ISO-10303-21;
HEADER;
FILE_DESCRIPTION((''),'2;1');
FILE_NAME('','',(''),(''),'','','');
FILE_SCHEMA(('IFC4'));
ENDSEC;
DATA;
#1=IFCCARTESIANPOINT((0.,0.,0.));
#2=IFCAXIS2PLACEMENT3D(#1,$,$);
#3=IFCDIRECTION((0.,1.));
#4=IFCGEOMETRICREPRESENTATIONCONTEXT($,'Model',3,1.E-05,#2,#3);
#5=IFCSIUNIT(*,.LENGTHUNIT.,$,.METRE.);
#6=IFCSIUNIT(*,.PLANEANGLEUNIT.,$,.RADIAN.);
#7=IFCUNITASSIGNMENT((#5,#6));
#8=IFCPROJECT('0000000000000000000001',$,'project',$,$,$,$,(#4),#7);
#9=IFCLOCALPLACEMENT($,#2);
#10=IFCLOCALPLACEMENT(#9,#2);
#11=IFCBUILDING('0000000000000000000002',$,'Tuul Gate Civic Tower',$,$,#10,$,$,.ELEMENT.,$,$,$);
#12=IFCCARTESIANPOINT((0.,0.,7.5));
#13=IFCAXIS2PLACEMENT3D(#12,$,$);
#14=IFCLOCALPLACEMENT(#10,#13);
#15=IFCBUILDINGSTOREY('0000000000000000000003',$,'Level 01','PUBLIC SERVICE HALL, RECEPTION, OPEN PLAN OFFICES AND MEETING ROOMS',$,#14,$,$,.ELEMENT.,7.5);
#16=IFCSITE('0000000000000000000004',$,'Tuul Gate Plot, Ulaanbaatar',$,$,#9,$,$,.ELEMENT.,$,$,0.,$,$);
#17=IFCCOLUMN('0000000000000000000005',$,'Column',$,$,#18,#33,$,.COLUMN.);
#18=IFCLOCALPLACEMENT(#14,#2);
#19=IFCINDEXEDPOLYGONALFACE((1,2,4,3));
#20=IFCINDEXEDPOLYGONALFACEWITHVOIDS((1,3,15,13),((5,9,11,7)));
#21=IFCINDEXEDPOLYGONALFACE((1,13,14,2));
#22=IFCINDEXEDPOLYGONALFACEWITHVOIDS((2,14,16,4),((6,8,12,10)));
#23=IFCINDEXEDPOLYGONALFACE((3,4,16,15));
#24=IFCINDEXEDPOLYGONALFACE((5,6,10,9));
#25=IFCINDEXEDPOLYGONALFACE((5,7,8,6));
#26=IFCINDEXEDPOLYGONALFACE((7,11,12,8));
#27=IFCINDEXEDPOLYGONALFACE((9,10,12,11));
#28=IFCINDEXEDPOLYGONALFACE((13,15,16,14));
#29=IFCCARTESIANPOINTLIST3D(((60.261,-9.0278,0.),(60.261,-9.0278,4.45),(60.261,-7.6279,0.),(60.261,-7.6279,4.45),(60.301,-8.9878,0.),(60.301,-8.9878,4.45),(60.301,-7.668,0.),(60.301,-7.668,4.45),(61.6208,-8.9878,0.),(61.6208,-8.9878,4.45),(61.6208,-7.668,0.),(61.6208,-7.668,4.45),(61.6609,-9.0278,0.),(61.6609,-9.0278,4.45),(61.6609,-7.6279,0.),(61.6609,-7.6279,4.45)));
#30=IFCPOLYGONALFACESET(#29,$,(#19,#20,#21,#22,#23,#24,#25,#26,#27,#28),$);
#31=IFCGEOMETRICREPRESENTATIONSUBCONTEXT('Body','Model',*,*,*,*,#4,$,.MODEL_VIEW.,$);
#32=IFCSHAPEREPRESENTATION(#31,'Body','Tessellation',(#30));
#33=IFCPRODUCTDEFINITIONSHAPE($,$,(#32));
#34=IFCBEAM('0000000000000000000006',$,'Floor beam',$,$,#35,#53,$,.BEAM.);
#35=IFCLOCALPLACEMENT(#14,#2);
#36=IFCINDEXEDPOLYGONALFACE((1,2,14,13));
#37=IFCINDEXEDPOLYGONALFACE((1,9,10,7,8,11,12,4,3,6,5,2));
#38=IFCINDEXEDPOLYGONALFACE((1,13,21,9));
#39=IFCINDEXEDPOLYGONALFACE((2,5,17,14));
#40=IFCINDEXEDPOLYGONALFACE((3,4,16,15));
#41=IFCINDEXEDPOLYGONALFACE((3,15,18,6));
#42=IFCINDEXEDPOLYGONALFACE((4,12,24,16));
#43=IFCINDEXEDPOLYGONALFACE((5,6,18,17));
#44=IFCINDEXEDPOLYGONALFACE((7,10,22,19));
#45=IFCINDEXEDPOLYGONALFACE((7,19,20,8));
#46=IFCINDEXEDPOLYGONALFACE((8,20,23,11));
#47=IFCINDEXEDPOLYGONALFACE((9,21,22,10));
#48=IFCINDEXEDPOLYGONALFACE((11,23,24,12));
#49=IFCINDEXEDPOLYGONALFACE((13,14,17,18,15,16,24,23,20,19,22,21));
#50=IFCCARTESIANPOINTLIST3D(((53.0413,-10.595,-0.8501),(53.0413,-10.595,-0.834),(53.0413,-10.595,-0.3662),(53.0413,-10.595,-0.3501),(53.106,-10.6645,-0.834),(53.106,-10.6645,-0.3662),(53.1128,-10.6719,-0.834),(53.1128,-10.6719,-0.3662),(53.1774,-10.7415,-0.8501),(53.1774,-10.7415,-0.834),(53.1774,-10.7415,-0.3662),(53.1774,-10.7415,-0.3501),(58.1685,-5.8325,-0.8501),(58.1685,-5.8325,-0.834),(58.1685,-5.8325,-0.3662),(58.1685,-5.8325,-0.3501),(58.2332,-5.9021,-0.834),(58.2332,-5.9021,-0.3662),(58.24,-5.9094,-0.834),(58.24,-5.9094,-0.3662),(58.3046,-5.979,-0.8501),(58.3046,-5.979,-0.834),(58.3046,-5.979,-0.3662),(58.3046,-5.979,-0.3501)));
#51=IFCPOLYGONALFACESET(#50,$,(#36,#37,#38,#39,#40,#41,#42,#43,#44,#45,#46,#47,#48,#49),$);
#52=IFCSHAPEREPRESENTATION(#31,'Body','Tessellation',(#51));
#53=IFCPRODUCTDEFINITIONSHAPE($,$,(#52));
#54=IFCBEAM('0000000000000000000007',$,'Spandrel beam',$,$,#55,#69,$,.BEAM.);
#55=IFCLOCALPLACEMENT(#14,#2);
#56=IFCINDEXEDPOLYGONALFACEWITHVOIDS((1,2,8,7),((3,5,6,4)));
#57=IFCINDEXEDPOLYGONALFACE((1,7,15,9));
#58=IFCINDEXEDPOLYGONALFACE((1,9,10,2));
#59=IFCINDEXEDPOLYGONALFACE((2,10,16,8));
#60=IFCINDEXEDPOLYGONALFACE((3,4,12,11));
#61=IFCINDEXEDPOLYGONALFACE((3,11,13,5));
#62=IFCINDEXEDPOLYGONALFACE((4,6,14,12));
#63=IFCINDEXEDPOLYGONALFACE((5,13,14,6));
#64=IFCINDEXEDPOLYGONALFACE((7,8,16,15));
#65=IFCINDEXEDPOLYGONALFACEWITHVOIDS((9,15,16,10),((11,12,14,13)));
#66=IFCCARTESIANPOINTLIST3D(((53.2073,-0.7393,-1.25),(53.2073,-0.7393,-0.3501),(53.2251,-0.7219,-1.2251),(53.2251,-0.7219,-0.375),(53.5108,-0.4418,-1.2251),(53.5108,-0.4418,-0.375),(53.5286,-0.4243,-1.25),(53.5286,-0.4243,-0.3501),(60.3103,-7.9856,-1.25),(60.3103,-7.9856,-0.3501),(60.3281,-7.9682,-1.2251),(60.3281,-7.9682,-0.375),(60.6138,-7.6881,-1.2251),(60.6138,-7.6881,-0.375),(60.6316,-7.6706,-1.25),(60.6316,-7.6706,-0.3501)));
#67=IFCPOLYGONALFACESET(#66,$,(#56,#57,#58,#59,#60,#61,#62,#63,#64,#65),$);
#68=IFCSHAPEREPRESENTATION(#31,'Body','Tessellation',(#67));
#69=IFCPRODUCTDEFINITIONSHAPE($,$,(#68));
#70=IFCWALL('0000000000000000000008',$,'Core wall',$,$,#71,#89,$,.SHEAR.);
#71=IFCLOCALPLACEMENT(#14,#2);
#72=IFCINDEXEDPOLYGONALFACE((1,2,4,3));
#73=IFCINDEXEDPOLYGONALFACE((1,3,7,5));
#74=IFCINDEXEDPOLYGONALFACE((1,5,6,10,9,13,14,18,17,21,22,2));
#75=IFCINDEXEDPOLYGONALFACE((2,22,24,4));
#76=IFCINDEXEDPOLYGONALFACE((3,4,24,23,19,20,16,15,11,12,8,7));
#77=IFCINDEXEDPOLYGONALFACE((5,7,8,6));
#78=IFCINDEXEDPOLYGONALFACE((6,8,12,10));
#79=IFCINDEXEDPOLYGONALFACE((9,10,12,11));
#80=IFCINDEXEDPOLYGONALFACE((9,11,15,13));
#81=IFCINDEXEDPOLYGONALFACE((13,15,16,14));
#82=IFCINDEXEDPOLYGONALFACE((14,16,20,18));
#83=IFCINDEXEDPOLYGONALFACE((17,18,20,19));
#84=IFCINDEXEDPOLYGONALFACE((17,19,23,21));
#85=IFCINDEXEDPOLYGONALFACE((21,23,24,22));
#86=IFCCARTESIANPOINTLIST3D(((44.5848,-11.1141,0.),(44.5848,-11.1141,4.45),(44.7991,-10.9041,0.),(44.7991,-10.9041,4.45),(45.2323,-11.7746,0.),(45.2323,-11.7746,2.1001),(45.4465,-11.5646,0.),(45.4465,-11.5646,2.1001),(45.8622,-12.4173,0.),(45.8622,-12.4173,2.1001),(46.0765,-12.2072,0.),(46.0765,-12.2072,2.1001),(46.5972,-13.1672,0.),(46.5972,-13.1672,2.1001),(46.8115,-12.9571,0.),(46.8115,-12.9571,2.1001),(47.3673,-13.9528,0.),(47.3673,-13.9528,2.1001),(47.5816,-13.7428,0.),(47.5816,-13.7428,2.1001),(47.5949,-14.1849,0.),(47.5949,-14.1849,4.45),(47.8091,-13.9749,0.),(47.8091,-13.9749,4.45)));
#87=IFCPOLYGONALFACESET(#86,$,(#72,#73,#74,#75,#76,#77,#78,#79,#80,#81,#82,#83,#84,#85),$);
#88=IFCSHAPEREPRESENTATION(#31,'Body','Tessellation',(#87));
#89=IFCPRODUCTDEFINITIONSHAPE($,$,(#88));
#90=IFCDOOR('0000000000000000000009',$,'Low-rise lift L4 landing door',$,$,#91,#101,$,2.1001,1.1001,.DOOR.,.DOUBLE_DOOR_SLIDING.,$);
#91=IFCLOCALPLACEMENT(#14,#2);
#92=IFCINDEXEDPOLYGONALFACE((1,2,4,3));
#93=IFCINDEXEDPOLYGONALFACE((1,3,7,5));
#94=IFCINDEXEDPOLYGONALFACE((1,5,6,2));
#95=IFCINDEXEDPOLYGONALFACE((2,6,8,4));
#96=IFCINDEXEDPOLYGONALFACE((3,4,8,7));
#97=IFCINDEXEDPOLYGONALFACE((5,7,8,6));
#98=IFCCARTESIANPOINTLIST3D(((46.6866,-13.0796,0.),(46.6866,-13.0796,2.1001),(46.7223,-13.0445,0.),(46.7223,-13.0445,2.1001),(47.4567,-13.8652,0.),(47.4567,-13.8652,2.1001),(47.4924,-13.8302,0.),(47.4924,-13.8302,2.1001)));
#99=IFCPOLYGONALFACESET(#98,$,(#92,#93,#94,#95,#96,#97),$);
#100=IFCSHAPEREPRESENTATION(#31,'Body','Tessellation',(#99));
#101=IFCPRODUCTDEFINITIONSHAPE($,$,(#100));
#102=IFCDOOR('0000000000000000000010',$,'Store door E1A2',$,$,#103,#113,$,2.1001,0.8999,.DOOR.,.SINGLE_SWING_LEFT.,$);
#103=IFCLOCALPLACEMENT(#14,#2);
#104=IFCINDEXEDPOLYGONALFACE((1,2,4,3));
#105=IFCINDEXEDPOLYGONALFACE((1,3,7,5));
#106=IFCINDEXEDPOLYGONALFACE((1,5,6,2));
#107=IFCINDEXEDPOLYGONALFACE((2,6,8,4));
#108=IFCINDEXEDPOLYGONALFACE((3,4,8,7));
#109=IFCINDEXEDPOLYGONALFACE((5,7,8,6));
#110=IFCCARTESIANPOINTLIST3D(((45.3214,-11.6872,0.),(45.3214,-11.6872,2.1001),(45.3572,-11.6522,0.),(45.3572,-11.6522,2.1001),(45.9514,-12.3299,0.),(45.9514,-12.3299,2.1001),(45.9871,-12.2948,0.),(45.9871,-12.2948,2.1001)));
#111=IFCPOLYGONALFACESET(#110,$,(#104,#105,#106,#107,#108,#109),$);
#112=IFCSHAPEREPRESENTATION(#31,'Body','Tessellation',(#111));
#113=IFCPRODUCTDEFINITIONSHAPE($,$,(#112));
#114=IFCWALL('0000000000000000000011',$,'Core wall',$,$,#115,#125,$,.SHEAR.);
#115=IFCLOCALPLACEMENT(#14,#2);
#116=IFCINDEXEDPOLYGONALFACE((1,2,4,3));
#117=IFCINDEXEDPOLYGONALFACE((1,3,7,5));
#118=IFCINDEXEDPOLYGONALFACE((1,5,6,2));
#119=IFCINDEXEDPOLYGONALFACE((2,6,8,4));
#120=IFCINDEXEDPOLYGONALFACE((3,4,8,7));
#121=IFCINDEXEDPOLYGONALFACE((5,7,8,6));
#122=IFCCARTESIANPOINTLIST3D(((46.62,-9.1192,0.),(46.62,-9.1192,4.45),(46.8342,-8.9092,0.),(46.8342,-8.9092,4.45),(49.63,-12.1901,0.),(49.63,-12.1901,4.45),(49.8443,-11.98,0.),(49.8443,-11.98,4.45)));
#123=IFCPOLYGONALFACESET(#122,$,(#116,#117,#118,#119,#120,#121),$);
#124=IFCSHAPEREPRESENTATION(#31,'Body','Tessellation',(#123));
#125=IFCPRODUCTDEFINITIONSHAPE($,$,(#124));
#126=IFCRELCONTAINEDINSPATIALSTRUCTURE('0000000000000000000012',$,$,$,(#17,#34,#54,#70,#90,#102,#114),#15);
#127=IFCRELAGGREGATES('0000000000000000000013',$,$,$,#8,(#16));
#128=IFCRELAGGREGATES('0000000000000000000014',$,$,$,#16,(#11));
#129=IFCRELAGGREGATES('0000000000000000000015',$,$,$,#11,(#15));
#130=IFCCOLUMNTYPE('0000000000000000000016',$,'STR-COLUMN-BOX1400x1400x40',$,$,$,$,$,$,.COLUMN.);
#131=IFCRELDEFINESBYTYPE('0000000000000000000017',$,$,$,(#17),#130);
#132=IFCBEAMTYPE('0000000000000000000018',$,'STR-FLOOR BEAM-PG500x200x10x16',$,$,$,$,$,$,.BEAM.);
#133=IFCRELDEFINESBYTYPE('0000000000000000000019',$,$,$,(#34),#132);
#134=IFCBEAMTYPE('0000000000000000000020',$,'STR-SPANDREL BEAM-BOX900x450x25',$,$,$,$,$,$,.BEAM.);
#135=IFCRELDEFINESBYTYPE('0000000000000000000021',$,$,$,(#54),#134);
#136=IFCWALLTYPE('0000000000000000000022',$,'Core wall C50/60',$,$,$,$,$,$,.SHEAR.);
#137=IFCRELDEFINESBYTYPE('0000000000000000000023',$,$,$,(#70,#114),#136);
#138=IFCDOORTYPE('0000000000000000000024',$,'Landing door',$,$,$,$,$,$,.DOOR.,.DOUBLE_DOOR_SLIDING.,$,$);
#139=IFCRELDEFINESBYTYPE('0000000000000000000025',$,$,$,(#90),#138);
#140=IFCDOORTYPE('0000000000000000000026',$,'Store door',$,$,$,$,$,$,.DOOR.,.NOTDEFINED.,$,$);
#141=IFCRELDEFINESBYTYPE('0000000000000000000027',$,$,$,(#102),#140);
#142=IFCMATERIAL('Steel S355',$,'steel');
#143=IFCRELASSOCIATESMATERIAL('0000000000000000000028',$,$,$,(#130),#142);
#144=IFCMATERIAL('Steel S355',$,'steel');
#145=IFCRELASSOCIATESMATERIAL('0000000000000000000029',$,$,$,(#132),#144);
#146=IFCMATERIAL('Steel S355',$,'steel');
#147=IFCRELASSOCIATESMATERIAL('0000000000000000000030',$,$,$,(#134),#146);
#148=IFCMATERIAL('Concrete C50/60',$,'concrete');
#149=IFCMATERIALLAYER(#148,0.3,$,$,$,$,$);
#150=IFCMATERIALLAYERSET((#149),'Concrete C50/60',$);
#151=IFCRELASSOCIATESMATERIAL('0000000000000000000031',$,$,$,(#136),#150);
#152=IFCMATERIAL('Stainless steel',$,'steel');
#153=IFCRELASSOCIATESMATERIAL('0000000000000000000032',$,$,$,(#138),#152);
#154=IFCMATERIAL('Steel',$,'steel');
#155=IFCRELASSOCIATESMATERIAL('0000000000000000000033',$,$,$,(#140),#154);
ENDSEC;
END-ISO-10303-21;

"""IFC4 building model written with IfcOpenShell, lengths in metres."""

from ifc_helpers import new_model, si_unit, direction, frame, frame_2d, origin, origin_2d, place, context, subcontext, project, spatial, rectangle, hollow_rectangle, i_section, extrude, material, layer, layer_set, material_profile, profile_set, type_object, element, fill, save


model = new_model("IFC4")

# Units and contexts
model_context = context("Model", 3, precision=1e-05, world=origin(), true_north=direction((0.0, 1.0)))
body_context = subcontext(model_context, "Body", "Model", "MODEL_VIEW")
ifc_project = project(units=[si_unit("LENGTHUNIT", "METRE"), si_unit("PLANEANGLEUNIT", "RADIAN")], contexts=[model_context])

# Site, building, storey
site_placement = place(None, origin())
site = spatial("IfcSite", under=ifc_project, at=site_placement, Name="Tuul Gate Plot, Ulaanbaatar", CompositionType="ELEMENT", RefElevation=0.0)
building_placement = place(site_placement, origin())
building = spatial("IfcBuilding", under=site, at=building_placement, Name="Tuul Gate Civic Tower", CompositionType="ELEMENT")
storey_placement = place(building_placement, frame((0.0, 0.0, 7.5)))
storey = spatial("IfcBuildingStorey", under=building, at=storey_placement, Name="Level 01", Description="PUBLIC SERVICE HALL, RECEPTION, OPEN PLAN OFFICES AND MEETING ROOMS", CompositionType="ELEMENT", Elevation=7.5)

# Column
ifc_material_1 = material(Name="Steel S355", Category="steel")
ifc_material_profile_1 = material_profile(ifc_material_1, hollow_rectangle(XDim=1.3999, YDim=1.3999, WallThickness=0.04, at=origin_2d()), Name="BOX1400x1400x40")
ifc_profile_set_1 = profile_set([ifc_material_profile_1], Name="Steel S355")
column_type = type_object("IfcColumnType", Name="STR-COLUMN-BOX1400x1400x40", PredefinedType="COLUMN", material=ifc_profile_set_1)
column_placement = place(storey_placement, frame((60.9609, -8.3279, 0.0), z_axis=(0.0, 0.0, 1.0), x_axis=(1.0, 0.0, 0.0)))
element("IfcColumn", 1, at=column_placement, inside=storey, type_object=column_type, Name="Column", PredefinedType="COLUMN", context=body_context, shape_type="SweptSolid", body=[
    extrude(hollow_rectangle(XDim=1.3999, YDim=1.3999, WallThickness=0.04, at=origin_2d()), origin(), (0.0, 0.0, 1.0), 4.45),
])

# Beams
ifc_material_2 = material(Name="Steel S355", Category="steel")
ifc_material_profile_2 = material_profile(ifc_material_2, i_section(OverallWidth=0.2, OverallDepth=0.5, WebThickness=0.01, FlangeThickness=0.0161, at=origin_2d()), Name="PG500x200x10x16")
ifc_profile_set_2 = profile_set([ifc_material_profile_2], Name="Steel S355")
beam_type_1 = type_object("IfcBeamType", Name="STR-FLOOR BEAM-PG500x200x10x16", PredefinedType="BEAM", material=ifc_profile_set_2)
beam_1_placement = place(storey_placement, frame((53.1094, -10.6682, -0.6001), z_axis=(0.732688, 0.680565, 0.0), x_axis=(-0.680565, 0.732688, 0.0)))
element("IfcBeam", 2, at=beam_1_placement, inside=storey, type_object=beam_type_1, Name="Floor beam", PredefinedType="BEAM", context=body_context, shape_type="SweptSolid", body=[
    extrude(i_section(OverallWidth=0.2, OverallDepth=0.5, WebThickness=0.01, FlangeThickness=0.0161, at=origin_2d()), origin(), (0.0, 0.0, 1.0), 6.9978),
])
ifc_material_3 = material(Name="Steel S355", Category="steel")
ifc_material_profile_3 = material_profile(ifc_material_3, hollow_rectangle(XDim=0.45, YDim=0.8999, WallThickness=0.0249, at=origin_2d()), Name="BOX900x450x25")
ifc_profile_set_3 = profile_set([ifc_material_profile_3], Name="Steel S355")
beam_type_2 = type_object("IfcBeamType", Name="STR-SPANDREL BEAM-BOX900x450x25", PredefinedType="BEAM", material=ifc_profile_set_3)
beam_2_placement = place(storey_placement, frame((60.4709, -7.8281, -0.8), z_axis=(-0.70001, 0.714133, 0.0), x_axis=(-0.714133, -0.70001, 0.0)))
element("IfcBeam", 3, at=beam_2_placement, inside=storey, type_object=beam_type_2, Name="Spandrel beam", PredefinedType="BEAM", context=body_context, shape_type="SweptSolid", body=[
    extrude(hollow_rectangle(XDim=0.45, YDim=0.8999, WallThickness=0.0249, at=origin_2d()), origin(), (0.0, 0.0, 1.0), 10.147),
])

# Wall, openings, doors
ifc_material_4 = material(Name="Concrete C50/60", Category="concrete")
ifc_layer_1 = layer(ifc_material_4, 0.3)
ifc_layer_set_1 = layer_set([ifc_layer_1], Name="Concrete C50/60")
wall_type_1 = type_object("IfcWallType", Name="Core wall C50/60", PredefinedType="SHEAR", material=ifc_layer_set_1)
wall_1_placement = place(storey_placement, frame((47.7019, -14.0798, 0.0), z_axis=(0.0, 0.0, 1.0), x_axis=(-0.700003, 0.71414, 0.0)))
wall_1 = element("IfcWall", 4, at=wall_1_placement, inside=storey, type_object=wall_type_1, Name="Core wall", PredefinedType="SHEAR", context=body_context, shape_type="SweptSolid", body=[
    extrude(rectangle(XDim=4.3, YDim=0.3, at=frame_2d((2.1499, 0.0))), origin(), (0.0, 0.0, 1.0), 4.45),
])
opening_1_placement = place(wall_1_placement, frame((0.325, 0.0, 0.0)))
opening_1 = element("IfcOpeningElement", 5, at=opening_1_placement, cuts=wall_1, PredefinedType="OPENING", context=body_context, shape_type="SweptSolid", body=[
    extrude(rectangle(XDim=1.1001, YDim=2.1001, at=frame_2d((0.55, 1.05))), frame((0.0, 0.1602, 0.0), z_axis=(0.0, -1.0, 0.0), x_axis=(1.0, 0.0, 0.0)), (0.0, 0.0, 1.0), 0.3201),
])
opening_2_placement = place(wall_1_placement, frame((2.4751, 0.0, 0.0)))
opening_2 = element("IfcOpeningElement", 6, at=opening_2_placement, cuts=wall_1, PredefinedType="OPENING", context=body_context, shape_type="SweptSolid", body=[
    extrude(rectangle(XDim=0.8999, YDim=2.1001, at=frame_2d((0.45, 1.05))), frame((0.0, 0.1602, 0.0), z_axis=(0.0, -1.0, 0.0), x_axis=(1.0, 0.0, 0.0)), (0.0, 0.0, 1.0), 0.3201),
])
ifc_material_5 = material(Name="Stainless steel", Category="steel")
door_type_1 = type_object("IfcDoorType", Name="Landing door", OperationType="DOUBLE_DOOR_SLIDING", PredefinedType="DOOR", material=ifc_material_5)
door_1_placement = place(opening_1_placement, origin())
door_1 = element("IfcDoor", 7, at=door_1_placement, inside=storey, type_object=door_type_1, Name="Low-rise lift L4 landing door", OperationType="DOUBLE_DOOR_SLIDING", OverallHeight=2.1001, OverallWidth=1.1001, PredefinedType="DOOR", context=body_context, shape_type="SweptSolid", body=[
    extrude(rectangle(XDim=1.1001, YDim=2.1001, at=frame_2d((0.55, 1.05))), frame((0.0, 0.0249, 0.0), z_axis=(0.0, -1.0, 0.0), x_axis=(1.0, 0.0, 0.0)), (0.0, 0.0, 1.0), 0.05),
])
fill(opening_1, door_1)
ifc_material_6 = material(Name="Steel", Category="steel")
door_type_2 = type_object("IfcDoorType", Name="Store door", OperationType="NOTDEFINED", PredefinedType="DOOR", material=ifc_material_6)
door_2_placement = place(opening_2_placement, frame((0.8999, 0.0, 0.0), z_axis=(0.0, 0.0, 1.0), x_axis=(-1.0, 0.0, 0.0)))
door_2 = element("IfcDoor", 8, at=door_2_placement, inside=storey, type_object=door_type_2, Name="Store door E1A2", OperationType="SINGLE_SWING_LEFT", OverallHeight=2.1001, OverallWidth=0.8999, PredefinedType="DOOR", context=body_context, shape_type="SweptSolid", body=[
    extrude(rectangle(XDim=0.8999, YDim=2.1001, at=frame_2d((0.45, 1.05))), frame((0.0, 0.0249, 0.0), z_axis=(0.0, -1.0, 0.0), x_axis=(1.0, 0.0, 0.0)), (0.0, 0.0, 1.0), 0.05),
])
fill(opening_2, door_2)

# Wall
wall_2_placement = place(storey_placement, frame((49.7371, -12.085, 0.0), z_axis=(0.0, 0.0, 1.0), x_axis=(-0.700003, 0.71414, 0.0)))
element("IfcWall", 9, at=wall_2_placement, inside=storey, type_object=wall_type_1, Name="Core wall", PredefinedType="SHEAR", context=body_context, shape_type="SweptSolid", body=[
    extrude(rectangle(XDim=4.3, YDim=0.3, at=frame_2d((2.1499, 0.0))), origin(), (0.0, 0.0, 1.0), 4.45),
])

save(model, "model.ifc")
